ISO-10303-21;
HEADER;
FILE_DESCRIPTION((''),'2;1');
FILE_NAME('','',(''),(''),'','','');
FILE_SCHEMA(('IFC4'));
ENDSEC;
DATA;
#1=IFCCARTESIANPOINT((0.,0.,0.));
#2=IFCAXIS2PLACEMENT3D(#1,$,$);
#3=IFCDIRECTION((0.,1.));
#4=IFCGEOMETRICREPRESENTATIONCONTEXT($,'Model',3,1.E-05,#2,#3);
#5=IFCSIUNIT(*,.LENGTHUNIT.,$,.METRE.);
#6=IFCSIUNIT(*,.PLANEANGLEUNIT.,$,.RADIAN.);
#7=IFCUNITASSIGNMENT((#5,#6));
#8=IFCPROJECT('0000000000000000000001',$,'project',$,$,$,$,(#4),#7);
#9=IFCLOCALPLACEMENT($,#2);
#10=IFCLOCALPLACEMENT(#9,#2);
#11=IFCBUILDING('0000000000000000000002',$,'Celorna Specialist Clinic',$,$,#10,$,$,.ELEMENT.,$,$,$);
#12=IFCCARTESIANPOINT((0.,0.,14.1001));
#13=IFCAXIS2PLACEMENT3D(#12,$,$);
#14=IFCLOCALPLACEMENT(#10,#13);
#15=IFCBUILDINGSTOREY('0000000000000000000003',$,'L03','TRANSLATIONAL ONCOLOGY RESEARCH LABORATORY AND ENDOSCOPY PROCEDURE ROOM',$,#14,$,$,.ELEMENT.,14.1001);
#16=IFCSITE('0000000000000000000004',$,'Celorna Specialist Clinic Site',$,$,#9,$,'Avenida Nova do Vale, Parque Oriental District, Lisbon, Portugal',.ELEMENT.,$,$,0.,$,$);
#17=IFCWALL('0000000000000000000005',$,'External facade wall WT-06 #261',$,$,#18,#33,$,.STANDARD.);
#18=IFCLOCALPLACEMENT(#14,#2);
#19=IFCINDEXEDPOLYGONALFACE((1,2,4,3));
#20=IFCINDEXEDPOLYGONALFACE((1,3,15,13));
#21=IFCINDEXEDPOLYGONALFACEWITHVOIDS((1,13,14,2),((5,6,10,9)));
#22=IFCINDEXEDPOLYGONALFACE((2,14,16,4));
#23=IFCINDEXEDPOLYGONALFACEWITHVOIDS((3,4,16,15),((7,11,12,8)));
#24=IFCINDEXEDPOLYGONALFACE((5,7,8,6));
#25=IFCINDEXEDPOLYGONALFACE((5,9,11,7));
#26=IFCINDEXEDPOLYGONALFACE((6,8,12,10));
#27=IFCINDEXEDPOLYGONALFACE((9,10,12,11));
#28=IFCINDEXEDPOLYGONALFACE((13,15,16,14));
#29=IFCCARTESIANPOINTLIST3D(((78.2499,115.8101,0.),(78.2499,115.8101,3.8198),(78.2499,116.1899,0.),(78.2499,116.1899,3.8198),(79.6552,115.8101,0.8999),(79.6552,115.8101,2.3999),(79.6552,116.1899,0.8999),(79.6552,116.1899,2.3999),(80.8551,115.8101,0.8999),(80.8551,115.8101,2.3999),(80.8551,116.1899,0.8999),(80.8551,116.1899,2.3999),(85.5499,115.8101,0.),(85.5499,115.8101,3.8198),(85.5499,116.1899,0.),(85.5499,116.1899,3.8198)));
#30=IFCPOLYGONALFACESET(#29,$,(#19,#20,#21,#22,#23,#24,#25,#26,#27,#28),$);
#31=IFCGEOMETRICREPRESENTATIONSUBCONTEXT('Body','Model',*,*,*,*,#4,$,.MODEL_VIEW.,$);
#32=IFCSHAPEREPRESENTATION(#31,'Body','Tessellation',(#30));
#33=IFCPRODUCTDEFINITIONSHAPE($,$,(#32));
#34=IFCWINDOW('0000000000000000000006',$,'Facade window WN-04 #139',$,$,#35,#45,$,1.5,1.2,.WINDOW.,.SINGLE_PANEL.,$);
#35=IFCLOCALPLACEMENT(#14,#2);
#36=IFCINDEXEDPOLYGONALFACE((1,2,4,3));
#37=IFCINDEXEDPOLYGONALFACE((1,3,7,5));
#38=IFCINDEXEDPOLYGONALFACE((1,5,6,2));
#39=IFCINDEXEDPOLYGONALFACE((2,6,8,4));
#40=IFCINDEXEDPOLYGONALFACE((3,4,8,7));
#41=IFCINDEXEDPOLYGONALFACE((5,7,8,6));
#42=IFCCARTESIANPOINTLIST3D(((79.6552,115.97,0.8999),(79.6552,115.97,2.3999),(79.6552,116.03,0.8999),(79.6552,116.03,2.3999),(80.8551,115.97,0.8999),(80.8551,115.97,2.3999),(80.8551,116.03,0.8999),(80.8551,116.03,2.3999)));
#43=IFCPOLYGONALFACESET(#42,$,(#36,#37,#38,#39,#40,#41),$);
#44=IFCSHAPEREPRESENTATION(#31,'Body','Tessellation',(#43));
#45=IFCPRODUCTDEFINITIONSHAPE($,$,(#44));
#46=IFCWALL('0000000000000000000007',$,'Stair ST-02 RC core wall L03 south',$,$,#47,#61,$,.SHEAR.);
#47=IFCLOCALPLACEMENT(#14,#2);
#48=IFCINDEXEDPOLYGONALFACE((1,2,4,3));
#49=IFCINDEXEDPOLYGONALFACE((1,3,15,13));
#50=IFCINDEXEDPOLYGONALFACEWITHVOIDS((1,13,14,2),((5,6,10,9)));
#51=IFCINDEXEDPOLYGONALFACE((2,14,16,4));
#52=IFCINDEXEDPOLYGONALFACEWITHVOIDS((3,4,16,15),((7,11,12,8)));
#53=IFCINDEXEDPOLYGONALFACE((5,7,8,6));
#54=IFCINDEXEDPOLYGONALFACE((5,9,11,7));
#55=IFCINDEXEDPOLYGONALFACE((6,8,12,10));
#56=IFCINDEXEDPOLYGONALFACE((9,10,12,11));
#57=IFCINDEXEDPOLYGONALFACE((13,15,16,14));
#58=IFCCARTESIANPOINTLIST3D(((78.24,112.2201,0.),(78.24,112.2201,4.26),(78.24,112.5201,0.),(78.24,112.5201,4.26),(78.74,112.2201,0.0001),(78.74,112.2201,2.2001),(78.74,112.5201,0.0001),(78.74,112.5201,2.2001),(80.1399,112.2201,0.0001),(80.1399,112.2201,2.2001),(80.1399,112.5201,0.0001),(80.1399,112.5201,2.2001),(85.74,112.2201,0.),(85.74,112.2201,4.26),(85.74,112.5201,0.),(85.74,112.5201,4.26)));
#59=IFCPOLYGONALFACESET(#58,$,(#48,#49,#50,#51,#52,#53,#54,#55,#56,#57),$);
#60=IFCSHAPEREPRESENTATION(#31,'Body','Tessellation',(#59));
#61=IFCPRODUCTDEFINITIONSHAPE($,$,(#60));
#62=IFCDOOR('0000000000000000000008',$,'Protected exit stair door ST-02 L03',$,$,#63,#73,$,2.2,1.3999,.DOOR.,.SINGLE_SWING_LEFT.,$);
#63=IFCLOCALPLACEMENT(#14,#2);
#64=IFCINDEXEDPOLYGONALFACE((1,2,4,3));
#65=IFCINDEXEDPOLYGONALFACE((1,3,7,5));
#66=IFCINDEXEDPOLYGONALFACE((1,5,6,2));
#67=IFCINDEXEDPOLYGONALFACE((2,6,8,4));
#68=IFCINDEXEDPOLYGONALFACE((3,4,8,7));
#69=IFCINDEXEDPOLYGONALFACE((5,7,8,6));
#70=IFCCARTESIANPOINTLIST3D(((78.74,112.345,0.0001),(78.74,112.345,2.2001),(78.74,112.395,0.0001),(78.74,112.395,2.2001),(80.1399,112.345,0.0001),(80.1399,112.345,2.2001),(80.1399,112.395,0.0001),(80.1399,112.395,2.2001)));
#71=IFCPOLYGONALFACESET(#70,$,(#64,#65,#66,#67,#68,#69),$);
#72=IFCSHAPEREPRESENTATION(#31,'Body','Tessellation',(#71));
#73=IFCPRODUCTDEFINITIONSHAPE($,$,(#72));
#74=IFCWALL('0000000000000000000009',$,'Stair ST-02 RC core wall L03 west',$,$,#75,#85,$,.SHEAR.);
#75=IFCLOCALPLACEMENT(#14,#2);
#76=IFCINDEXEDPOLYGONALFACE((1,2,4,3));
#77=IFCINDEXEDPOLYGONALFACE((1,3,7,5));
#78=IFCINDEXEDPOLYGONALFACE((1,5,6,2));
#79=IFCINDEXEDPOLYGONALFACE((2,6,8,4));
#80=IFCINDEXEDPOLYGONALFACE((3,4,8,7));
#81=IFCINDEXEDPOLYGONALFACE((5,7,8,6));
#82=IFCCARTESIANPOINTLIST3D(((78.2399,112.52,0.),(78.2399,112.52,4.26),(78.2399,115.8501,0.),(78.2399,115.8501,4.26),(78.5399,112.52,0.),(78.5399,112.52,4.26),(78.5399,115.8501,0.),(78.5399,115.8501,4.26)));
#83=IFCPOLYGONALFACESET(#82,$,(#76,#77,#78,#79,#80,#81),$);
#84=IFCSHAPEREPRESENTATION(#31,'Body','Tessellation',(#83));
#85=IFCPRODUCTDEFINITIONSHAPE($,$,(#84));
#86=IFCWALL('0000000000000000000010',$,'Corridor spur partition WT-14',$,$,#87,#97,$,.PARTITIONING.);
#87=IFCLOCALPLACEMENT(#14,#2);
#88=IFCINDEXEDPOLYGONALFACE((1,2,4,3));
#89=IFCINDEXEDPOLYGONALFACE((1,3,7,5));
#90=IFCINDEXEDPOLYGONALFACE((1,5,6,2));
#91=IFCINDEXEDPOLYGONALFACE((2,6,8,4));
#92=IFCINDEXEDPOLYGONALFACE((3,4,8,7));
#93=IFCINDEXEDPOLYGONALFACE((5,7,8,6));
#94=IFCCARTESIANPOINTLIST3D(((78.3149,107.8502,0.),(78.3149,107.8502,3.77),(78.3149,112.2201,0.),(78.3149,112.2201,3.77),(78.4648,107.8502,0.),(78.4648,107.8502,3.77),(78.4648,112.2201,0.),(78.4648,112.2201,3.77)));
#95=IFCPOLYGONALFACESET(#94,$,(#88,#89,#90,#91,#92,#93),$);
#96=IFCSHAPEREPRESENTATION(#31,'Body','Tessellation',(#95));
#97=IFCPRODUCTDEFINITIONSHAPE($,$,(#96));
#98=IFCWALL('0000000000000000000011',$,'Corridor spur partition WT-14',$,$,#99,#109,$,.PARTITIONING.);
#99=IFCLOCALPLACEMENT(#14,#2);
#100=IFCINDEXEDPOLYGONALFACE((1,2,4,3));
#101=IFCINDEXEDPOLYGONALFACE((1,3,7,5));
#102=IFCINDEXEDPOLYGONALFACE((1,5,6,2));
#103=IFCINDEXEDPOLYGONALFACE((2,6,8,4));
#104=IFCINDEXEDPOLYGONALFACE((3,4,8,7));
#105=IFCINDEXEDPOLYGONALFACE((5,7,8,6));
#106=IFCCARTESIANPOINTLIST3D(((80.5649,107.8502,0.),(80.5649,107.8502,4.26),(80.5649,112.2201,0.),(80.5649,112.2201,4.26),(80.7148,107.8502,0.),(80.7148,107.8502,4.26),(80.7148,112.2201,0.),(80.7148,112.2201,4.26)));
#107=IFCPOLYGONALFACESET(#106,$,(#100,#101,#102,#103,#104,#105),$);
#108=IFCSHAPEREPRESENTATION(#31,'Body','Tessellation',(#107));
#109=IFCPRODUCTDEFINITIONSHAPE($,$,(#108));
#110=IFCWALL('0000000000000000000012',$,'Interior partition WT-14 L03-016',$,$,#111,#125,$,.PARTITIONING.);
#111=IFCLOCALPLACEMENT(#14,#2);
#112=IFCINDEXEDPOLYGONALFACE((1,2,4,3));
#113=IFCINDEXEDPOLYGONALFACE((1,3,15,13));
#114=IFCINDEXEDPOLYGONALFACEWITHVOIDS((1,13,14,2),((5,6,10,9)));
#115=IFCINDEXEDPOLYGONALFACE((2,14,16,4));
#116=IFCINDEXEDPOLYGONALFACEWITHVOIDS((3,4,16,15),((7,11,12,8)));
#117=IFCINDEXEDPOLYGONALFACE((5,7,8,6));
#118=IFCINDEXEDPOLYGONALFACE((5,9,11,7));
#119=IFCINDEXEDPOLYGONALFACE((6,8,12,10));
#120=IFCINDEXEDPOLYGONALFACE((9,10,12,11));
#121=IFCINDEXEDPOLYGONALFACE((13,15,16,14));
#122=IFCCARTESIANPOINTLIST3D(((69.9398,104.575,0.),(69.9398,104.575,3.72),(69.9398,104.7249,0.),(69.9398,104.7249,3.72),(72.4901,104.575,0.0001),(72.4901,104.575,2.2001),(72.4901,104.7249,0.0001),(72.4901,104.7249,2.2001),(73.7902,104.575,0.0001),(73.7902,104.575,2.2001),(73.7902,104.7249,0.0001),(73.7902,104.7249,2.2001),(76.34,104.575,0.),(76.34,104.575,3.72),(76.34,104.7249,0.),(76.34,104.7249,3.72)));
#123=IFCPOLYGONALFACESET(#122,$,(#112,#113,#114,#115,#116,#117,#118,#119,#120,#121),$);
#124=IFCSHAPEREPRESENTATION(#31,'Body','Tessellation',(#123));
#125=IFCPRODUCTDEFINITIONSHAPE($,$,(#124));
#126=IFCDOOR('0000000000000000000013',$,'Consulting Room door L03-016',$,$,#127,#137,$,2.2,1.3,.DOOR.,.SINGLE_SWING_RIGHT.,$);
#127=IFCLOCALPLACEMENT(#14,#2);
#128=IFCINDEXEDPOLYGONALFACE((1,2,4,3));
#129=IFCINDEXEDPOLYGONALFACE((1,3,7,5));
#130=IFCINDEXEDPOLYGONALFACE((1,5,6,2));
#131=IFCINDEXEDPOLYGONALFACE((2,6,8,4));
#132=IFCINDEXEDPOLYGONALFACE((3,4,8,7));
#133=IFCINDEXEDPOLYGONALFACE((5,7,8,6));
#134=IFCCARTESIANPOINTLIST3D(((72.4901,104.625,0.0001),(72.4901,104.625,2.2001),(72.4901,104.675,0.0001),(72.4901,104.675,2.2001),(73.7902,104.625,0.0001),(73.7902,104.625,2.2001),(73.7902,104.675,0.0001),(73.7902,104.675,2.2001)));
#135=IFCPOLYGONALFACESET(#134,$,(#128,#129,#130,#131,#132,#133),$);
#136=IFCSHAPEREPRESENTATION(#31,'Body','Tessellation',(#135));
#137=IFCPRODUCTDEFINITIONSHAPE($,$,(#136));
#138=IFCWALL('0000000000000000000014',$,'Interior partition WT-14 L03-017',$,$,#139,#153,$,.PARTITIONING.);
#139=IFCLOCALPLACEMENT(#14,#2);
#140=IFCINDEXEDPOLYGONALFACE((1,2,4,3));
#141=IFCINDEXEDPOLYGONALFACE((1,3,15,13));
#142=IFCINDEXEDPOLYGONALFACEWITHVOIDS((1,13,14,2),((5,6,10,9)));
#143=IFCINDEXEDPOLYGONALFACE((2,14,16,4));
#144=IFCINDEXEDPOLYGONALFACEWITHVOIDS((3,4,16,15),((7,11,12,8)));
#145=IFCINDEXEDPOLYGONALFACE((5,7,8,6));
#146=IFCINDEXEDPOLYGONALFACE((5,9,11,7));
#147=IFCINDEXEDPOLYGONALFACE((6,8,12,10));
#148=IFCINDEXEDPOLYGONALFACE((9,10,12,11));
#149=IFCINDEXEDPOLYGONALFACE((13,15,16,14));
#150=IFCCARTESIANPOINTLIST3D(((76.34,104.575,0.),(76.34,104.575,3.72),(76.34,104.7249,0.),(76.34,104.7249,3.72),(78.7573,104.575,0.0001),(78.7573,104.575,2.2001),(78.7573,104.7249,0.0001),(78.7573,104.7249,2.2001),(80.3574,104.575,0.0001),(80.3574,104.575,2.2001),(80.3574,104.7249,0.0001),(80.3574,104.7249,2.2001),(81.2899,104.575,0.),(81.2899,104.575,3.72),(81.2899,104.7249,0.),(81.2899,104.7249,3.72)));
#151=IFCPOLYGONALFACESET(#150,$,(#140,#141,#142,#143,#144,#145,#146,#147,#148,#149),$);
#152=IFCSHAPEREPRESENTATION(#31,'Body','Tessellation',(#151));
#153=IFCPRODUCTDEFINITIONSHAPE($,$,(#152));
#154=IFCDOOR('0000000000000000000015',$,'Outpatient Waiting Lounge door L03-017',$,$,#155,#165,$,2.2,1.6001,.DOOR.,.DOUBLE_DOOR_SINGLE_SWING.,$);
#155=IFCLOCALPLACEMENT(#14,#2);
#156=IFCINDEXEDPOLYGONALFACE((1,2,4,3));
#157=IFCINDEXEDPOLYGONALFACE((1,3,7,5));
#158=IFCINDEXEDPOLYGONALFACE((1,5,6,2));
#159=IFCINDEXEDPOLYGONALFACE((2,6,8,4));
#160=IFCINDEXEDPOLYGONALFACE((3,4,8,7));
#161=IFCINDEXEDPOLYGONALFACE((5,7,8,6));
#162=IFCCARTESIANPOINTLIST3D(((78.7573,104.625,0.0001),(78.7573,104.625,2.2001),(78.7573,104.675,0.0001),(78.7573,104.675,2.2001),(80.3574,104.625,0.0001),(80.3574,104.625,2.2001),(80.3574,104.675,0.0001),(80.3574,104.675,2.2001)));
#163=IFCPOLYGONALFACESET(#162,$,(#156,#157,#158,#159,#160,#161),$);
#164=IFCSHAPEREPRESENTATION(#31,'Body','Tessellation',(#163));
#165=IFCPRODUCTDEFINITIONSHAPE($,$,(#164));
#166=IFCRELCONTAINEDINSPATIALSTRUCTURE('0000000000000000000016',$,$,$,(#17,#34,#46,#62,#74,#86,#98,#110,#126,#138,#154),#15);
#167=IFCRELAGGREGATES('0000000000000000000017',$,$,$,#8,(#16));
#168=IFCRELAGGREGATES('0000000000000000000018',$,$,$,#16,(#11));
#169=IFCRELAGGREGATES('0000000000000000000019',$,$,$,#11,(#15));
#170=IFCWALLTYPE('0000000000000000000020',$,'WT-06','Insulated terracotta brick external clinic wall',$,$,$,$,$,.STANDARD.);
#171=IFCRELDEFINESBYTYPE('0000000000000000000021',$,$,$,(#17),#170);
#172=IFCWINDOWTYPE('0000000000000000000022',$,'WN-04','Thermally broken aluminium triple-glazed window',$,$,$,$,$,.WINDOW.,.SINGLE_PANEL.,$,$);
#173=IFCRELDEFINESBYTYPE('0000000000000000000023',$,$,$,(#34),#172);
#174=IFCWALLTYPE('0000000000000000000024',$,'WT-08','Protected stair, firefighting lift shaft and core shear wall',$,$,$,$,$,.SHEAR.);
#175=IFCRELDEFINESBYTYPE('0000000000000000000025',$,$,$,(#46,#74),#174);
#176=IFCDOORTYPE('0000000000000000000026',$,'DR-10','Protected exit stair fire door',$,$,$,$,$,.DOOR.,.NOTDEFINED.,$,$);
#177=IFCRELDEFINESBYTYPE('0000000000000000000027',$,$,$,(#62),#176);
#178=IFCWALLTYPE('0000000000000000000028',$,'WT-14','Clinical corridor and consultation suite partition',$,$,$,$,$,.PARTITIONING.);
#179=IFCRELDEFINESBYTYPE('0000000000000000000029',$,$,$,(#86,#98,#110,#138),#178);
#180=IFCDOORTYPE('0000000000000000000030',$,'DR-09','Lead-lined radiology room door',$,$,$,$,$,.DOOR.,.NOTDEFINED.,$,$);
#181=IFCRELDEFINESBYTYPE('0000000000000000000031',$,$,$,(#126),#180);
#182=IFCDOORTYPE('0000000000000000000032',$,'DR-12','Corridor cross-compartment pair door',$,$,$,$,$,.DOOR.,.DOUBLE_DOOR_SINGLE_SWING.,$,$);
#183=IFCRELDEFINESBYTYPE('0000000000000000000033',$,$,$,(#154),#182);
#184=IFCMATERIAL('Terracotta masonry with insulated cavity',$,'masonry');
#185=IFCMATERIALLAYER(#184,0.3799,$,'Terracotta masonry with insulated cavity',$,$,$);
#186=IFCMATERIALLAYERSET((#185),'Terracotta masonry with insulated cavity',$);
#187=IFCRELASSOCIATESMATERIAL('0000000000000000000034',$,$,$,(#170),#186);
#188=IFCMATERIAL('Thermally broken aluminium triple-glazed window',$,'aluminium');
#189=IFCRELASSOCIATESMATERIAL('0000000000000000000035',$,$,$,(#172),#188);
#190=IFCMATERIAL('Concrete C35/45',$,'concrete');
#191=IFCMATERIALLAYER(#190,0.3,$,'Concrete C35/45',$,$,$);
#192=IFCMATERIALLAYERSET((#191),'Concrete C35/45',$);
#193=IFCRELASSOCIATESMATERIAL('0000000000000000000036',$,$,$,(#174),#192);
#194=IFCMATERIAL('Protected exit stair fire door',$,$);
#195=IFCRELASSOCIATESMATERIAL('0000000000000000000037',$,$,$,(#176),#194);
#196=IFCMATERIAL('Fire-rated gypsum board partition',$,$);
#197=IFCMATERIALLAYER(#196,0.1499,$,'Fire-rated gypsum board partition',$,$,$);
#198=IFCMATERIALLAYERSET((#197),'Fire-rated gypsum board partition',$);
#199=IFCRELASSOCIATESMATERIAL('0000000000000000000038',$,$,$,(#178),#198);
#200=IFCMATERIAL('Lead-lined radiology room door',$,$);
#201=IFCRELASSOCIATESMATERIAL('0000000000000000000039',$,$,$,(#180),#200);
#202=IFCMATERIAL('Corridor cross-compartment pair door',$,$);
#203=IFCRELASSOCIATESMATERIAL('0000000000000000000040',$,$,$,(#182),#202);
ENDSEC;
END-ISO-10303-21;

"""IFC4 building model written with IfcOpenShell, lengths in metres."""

from ifc_helpers import new_model, si_unit, direction, frame, frame_2d, origin, place, context, subcontext, project, spatial, rectangle, extrude, material, layer, layer_set, type_object, element, fill, save


model = new_model("IFC4")

# Units and contexts
model_context = context("Model", 3, precision=1e-05, world=origin(), true_north=direction((0.0, 1.0)))
body_context = subcontext(model_context, "Body", "Model", "MODEL_VIEW")
ifc_project = project(units=[si_unit("LENGTHUNIT", "METRE"), si_unit("PLANEANGLEUNIT", "RADIAN")], contexts=[model_context])

# Site, building, storey
site_placement = place(None, origin())
site = spatial("IfcSite", under=ifc_project, at=site_placement, Name="Celorna Specialist Clinic Site", LongName="Avenida Nova do Vale, Parque Oriental District, Lisbon, Portugal", CompositionType="ELEMENT", RefElevation=0.0)
building_placement = place(site_placement, origin())
building = spatial("IfcBuilding", under=site, at=building_placement, Name="Celorna Specialist Clinic", CompositionType="ELEMENT")
storey_placement = place(building_placement, frame((0.0, 0.0, 14.1001)))
storey = spatial("IfcBuildingStorey", under=building, at=storey_placement, Name="L03", Description="TRANSLATIONAL ONCOLOGY RESEARCH LABORATORY AND ENDOSCOPY PROCEDURE ROOM", CompositionType="ELEMENT", Elevation=14.1001)

# Shared definitions
ifc_material_1 = material(Name="Concrete C35/45", Category="concrete")

# Wall, opening, window
ifc_material_2 = material(Name="Terracotta masonry with insulated cavity", Category="masonry")
ifc_layer_1 = layer(ifc_material_2, 0.3799, Name="Terracotta masonry with insulated cavity")
ifc_layer_set_1 = layer_set([ifc_layer_1], Name="Terracotta masonry with insulated cavity")
wall_type_1 = type_object("IfcWallType", Name="WT-06", Description="Insulated terracotta brick external clinic wall", PredefinedType="STANDARD", material=ifc_layer_set_1)
wall_1_placement = place(storey_placement, frame((78.25, 116.0, 0.0), z_axis=(0.0, 0.0, 1.0), x_axis=(1.0, 0.0, 0.0)))
wall_1 = element("IfcWall", 1, at=wall_1_placement, inside=storey, type_object=wall_type_1, Name="External facade wall WT-06 #261", PredefinedType="STANDARD", context=body_context, shape_type="SweptSolid", body=[
    extrude(rectangle(XDim=7.3, YDim=0.3799, at=frame_2d((3.6499, 0.0))), origin(), (0.0, 0.0, 1.0), 3.8198),
])
opening_1_placement = place(wall_1_placement, frame((1.405, 0.0, 0.8999)))
opening_1 = element("IfcOpeningElement", 2, at=opening_1_placement, cuts=wall_1, PredefinedType="OPENING", context=body_context, shape_type="SweptSolid", body=[
    extrude(rectangle(XDim=1.2, YDim=1.5, at=frame_2d((0.6001, 0.75))), frame((0.0, 0.2, 0.0), z_axis=(0.0, -1.0, 0.0), x_axis=(1.0, 0.0, 0.0)), (0.0, 0.0, 1.0), 0.3999),
])
ifc_material_3 = material(Name="Thermally broken aluminium triple-glazed window", Category="aluminium")
window_type = type_object("IfcWindowType", Name="WN-04", Description="Thermally broken aluminium triple-glazed window", PartitioningType="SINGLE_PANEL", PredefinedType="WINDOW", material=ifc_material_3)
window_placement = place(opening_1_placement, origin())
window = element("IfcWindow", 3, at=window_placement, inside=storey, type_object=window_type, Name="Facade window WN-04 #139", OverallHeight=1.5, OverallWidth=1.2, PartitioningType="SINGLE_PANEL", PredefinedType="WINDOW", context=body_context, shape_type="SweptSolid", body=[
    extrude(rectangle(XDim=1.2, YDim=1.5, at=frame_2d((0.6001, 0.75))), frame((0.0, 0.03, 0.0), z_axis=(0.0, -1.0, 0.0), x_axis=(1.0, 0.0, 0.0)), (0.0, 0.0, 1.0), 0.0601),
])
fill(opening_1, window)

# Wall, opening, door
ifc_layer_2 = layer(ifc_material_1, 0.3, Name="Concrete C35/45")
ifc_layer_set_2 = layer_set([ifc_layer_2], Name="Concrete C35/45")
wall_type_2 = type_object("IfcWallType", Name="WT-08", Description="Protected stair, firefighting lift shaft and core shear wall", PredefinedType="SHEAR", material=ifc_layer_set_2)
wall_2_placement = place(storey_placement, frame((78.24, 112.3701, 0.0), z_axis=(0.0, 0.0, 1.0), x_axis=(1.0, 0.0, 0.0)))
wall_2 = element("IfcWall", 4, at=wall_2_placement, inside=storey, type_object=wall_type_2, Name="Stair ST-02 RC core wall L03 south", PredefinedType="SHEAR", context=body_context, shape_type="SweptSolid", body=[
    extrude(rectangle(XDim=7.5, YDim=0.3, at=frame_2d((3.75, 0.0))), origin(), (0.0, 0.0, 1.0), 4.26),
])
opening_2_placement = place(wall_2_placement, frame((0.5, 0.0, 0.0)))
opening_2 = element("IfcOpeningElement", 5, at=opening_2_placement, cuts=wall_2, PredefinedType="OPENING", context=body_context, shape_type="SweptSolid", body=[
    extrude(rectangle(XDim=1.3999, YDim=2.2, at=frame_2d((0.7, 1.1001))), frame((0.0, 0.1599, 0.0), z_axis=(0.0, -1.0, 0.0), x_axis=(1.0, 0.0, 0.0)), (0.0, 0.0, 1.0), 0.3201),
])
ifc_material_4 = material(Name="Protected exit stair fire door")
door_type_1 = type_object("IfcDoorType", Name="DR-10", Description="Protected exit stair fire door", OperationType="NOTDEFINED", PredefinedType="DOOR", material=ifc_material_4)
door_1_placement = place(opening_2_placement, origin())
door_1 = element("IfcDoor", 6, at=door_1_placement, inside=storey, type_object=door_type_1, Name="Protected exit stair door ST-02 L03", OperationType="SINGLE_SWING_LEFT", OverallHeight=2.2, OverallWidth=1.3999, PredefinedType="DOOR", context=body_context, shape_type="SweptSolid", body=[
    extrude(rectangle(XDim=1.3999, YDim=2.2, at=frame_2d((0.7, 1.1001))), frame((0.0, 0.0249, 0.0), z_axis=(0.0, -1.0, 0.0), x_axis=(1.0, 0.0, 0.0)), (0.0, 0.0, 1.0), 0.05),
])
fill(opening_2, door_1)

# Walls
wall_3_placement = place(storey_placement, frame((78.3899, 115.8501, 0.0), z_axis=(0.0, 0.0, 1.0), x_axis=(0.0, -1.0, 0.0)))
element("IfcWall", 7, at=wall_3_placement, inside=storey, type_object=wall_type_2, Name="Stair ST-02 RC core wall L03 west", PredefinedType="SHEAR", context=body_context, shape_type="SweptSolid", body=[
    extrude(rectangle(XDim=3.3301, YDim=0.3, at=frame_2d((1.665, 0.0))), origin(), (0.0, 0.0, 1.0), 4.26),
])
ifc_material_5 = material(Name="Fire-rated gypsum board partition")
ifc_layer_3 = layer(ifc_material_5, 0.1499, Name="Fire-rated gypsum board partition")
ifc_layer_set_3 = layer_set([ifc_layer_3], Name="Fire-rated gypsum board partition")
wall_type_3 = type_object("IfcWallType", Name="WT-14", Description="Clinical corridor and consultation suite partition", PredefinedType="PARTITIONING", material=ifc_layer_set_3)
wall_4_placement = place(storey_placement, frame((78.3899, 107.8501, 0.0), z_axis=(0.0, 0.0, 1.0), x_axis=(0.0, 1.0, 0.0)))
element("IfcWall", 8, at=wall_4_placement, inside=storey, type_object=wall_type_3, Name="Corridor spur partition WT-14", PredefinedType="PARTITIONING", context=body_context, shape_type="SweptSolid", body=[
    extrude(rectangle(XDim=4.3699, YDim=0.1499, at=frame_2d((2.1851, 0.0))), origin(), (0.0, 0.0, 1.0), 3.77),
])
wall_5_placement = place(storey_placement, frame((80.6399, 107.8501, 0.0), z_axis=(0.0, 0.0, 1.0), x_axis=(0.0, 1.0, 0.0)))
element("IfcWall", 9, at=wall_5_placement, inside=storey, type_object=wall_type_3, Name="Corridor spur partition WT-14", PredefinedType="PARTITIONING", context=body_context, shape_type="SweptSolid", body=[
    extrude(rectangle(XDim=4.3699, YDim=0.1499, at=frame_2d((2.1851, 0.0))), origin(), (0.0, 0.0, 1.0), 4.26),
])

# Walls, openings, doors
wall_6_placement = place(storey_placement, frame((76.3401, 104.6499, 0.0), z_axis=(0.0, 0.0, 1.0), x_axis=(-1.0, 0.0, 0.0)))
wall_6 = element("IfcWall", 10, at=wall_6_placement, inside=storey, type_object=wall_type_3, Name="Interior partition WT-14 L03-016", PredefinedType="PARTITIONING", context=body_context, shape_type="SweptSolid", body=[
    extrude(rectangle(XDim=6.4001, YDim=0.1499, at=frame_2d((3.2002, 0.0))), origin(), (0.0, 0.0, 1.0), 3.72),
])
opening_3_placement = place(wall_6_placement, frame((2.55, 0.0, 0.0)))
opening_3 = element("IfcOpeningElement", 11, at=opening_3_placement, cuts=wall_6, PredefinedType="OPENING", context=body_context, shape_type="SweptSolid", body=[
    extrude(rectangle(XDim=1.3, YDim=2.2, at=frame_2d((0.6499, 1.1001))), frame((0.0, 0.085, 0.0), z_axis=(0.0, -1.0, 0.0), x_axis=(1.0, 0.0, 0.0)), (0.0, 0.0, 1.0), 0.1699),
])
ifc_material_6 = material(Name="Lead-lined radiology room door")
door_type_2 = type_object("IfcDoorType", Name="DR-09", Description="Lead-lined radiology room door", OperationType="NOTDEFINED", PredefinedType="DOOR", material=ifc_material_6)
door_2_placement = place(opening_3_placement, origin())
door_2 = element("IfcDoor", 12, at=door_2_placement, inside=storey, type_object=door_type_2, Name="Consulting Room door L03-016", OperationType="SINGLE_SWING_RIGHT", OverallHeight=2.2, OverallWidth=1.3, PredefinedType="DOOR", context=body_context, shape_type="SweptSolid", body=[
    extrude(rectangle(XDim=1.3, YDim=2.2, at=frame_2d((0.6499, 1.1001))), frame((0.0, 0.0249, 0.0), z_axis=(0.0, -1.0, 0.0), x_axis=(1.0, 0.0, 0.0)), (0.0, 0.0, 1.0), 0.05),
])
fill(opening_3, door_2)
wall_7_placement = place(storey_placement, frame((81.29, 104.6499, 0.0), z_axis=(0.0, 0.0, 1.0), x_axis=(-1.0, 0.0, 0.0)))
wall_7 = element("IfcWall", 13, at=wall_7_placement, inside=storey, type_object=wall_type_3, Name="Interior partition WT-14 L03-017", PredefinedType="PARTITIONING", context=body_context, shape_type="SweptSolid", body=[
    extrude(rectangle(XDim=4.95, YDim=0.1499, at=frame_2d((2.4751, 0.0))), origin(), (0.0, 0.0, 1.0), 3.72),
])
opening_4_placement = place(wall_7_placement, frame((0.9326, 0.0, 0.0)))
opening_4 = element("IfcOpeningElement", 14, at=opening_4_placement, cuts=wall_7, PredefinedType="OPENING", context=body_context, shape_type="SweptSolid", body=[
    extrude(rectangle(XDim=1.6001, YDim=2.2, at=frame_2d((0.8, 1.1001))), frame((0.0, 0.085, 0.0), z_axis=(0.0, -1.0, 0.0), x_axis=(1.0, 0.0, 0.0)), (0.0, 0.0, 1.0), 0.1699),
])
ifc_material_7 = material(Name="Corridor cross-compartment pair door")
door_type_3 = type_object("IfcDoorType", Name="DR-12", Description="Corridor cross-compartment pair door", OperationType="DOUBLE_DOOR_SINGLE_SWING", PredefinedType="DOOR", material=ifc_material_7)
door_3_placement = place(opening_4_placement, origin())
door_3 = element("IfcDoor", 15, at=door_3_placement, inside=storey, type_object=door_type_3, Name="Outpatient Waiting Lounge door L03-017", OperationType="DOUBLE_DOOR_SINGLE_SWING", OverallHeight=2.2, OverallWidth=1.6001, PredefinedType="DOOR", context=body_context, shape_type="SweptSolid", body=[
    extrude(rectangle(XDim=1.6001, YDim=2.2, at=frame_2d((0.8, 1.1001))), frame((0.0, 0.0249, 0.0), z_axis=(0.0, -1.0, 0.0), x_axis=(1.0, 0.0, 0.0)), (0.0, 0.0, 1.0), 0.05),
])
fill(opening_4, door_3)

save(model, "model.ifc")
